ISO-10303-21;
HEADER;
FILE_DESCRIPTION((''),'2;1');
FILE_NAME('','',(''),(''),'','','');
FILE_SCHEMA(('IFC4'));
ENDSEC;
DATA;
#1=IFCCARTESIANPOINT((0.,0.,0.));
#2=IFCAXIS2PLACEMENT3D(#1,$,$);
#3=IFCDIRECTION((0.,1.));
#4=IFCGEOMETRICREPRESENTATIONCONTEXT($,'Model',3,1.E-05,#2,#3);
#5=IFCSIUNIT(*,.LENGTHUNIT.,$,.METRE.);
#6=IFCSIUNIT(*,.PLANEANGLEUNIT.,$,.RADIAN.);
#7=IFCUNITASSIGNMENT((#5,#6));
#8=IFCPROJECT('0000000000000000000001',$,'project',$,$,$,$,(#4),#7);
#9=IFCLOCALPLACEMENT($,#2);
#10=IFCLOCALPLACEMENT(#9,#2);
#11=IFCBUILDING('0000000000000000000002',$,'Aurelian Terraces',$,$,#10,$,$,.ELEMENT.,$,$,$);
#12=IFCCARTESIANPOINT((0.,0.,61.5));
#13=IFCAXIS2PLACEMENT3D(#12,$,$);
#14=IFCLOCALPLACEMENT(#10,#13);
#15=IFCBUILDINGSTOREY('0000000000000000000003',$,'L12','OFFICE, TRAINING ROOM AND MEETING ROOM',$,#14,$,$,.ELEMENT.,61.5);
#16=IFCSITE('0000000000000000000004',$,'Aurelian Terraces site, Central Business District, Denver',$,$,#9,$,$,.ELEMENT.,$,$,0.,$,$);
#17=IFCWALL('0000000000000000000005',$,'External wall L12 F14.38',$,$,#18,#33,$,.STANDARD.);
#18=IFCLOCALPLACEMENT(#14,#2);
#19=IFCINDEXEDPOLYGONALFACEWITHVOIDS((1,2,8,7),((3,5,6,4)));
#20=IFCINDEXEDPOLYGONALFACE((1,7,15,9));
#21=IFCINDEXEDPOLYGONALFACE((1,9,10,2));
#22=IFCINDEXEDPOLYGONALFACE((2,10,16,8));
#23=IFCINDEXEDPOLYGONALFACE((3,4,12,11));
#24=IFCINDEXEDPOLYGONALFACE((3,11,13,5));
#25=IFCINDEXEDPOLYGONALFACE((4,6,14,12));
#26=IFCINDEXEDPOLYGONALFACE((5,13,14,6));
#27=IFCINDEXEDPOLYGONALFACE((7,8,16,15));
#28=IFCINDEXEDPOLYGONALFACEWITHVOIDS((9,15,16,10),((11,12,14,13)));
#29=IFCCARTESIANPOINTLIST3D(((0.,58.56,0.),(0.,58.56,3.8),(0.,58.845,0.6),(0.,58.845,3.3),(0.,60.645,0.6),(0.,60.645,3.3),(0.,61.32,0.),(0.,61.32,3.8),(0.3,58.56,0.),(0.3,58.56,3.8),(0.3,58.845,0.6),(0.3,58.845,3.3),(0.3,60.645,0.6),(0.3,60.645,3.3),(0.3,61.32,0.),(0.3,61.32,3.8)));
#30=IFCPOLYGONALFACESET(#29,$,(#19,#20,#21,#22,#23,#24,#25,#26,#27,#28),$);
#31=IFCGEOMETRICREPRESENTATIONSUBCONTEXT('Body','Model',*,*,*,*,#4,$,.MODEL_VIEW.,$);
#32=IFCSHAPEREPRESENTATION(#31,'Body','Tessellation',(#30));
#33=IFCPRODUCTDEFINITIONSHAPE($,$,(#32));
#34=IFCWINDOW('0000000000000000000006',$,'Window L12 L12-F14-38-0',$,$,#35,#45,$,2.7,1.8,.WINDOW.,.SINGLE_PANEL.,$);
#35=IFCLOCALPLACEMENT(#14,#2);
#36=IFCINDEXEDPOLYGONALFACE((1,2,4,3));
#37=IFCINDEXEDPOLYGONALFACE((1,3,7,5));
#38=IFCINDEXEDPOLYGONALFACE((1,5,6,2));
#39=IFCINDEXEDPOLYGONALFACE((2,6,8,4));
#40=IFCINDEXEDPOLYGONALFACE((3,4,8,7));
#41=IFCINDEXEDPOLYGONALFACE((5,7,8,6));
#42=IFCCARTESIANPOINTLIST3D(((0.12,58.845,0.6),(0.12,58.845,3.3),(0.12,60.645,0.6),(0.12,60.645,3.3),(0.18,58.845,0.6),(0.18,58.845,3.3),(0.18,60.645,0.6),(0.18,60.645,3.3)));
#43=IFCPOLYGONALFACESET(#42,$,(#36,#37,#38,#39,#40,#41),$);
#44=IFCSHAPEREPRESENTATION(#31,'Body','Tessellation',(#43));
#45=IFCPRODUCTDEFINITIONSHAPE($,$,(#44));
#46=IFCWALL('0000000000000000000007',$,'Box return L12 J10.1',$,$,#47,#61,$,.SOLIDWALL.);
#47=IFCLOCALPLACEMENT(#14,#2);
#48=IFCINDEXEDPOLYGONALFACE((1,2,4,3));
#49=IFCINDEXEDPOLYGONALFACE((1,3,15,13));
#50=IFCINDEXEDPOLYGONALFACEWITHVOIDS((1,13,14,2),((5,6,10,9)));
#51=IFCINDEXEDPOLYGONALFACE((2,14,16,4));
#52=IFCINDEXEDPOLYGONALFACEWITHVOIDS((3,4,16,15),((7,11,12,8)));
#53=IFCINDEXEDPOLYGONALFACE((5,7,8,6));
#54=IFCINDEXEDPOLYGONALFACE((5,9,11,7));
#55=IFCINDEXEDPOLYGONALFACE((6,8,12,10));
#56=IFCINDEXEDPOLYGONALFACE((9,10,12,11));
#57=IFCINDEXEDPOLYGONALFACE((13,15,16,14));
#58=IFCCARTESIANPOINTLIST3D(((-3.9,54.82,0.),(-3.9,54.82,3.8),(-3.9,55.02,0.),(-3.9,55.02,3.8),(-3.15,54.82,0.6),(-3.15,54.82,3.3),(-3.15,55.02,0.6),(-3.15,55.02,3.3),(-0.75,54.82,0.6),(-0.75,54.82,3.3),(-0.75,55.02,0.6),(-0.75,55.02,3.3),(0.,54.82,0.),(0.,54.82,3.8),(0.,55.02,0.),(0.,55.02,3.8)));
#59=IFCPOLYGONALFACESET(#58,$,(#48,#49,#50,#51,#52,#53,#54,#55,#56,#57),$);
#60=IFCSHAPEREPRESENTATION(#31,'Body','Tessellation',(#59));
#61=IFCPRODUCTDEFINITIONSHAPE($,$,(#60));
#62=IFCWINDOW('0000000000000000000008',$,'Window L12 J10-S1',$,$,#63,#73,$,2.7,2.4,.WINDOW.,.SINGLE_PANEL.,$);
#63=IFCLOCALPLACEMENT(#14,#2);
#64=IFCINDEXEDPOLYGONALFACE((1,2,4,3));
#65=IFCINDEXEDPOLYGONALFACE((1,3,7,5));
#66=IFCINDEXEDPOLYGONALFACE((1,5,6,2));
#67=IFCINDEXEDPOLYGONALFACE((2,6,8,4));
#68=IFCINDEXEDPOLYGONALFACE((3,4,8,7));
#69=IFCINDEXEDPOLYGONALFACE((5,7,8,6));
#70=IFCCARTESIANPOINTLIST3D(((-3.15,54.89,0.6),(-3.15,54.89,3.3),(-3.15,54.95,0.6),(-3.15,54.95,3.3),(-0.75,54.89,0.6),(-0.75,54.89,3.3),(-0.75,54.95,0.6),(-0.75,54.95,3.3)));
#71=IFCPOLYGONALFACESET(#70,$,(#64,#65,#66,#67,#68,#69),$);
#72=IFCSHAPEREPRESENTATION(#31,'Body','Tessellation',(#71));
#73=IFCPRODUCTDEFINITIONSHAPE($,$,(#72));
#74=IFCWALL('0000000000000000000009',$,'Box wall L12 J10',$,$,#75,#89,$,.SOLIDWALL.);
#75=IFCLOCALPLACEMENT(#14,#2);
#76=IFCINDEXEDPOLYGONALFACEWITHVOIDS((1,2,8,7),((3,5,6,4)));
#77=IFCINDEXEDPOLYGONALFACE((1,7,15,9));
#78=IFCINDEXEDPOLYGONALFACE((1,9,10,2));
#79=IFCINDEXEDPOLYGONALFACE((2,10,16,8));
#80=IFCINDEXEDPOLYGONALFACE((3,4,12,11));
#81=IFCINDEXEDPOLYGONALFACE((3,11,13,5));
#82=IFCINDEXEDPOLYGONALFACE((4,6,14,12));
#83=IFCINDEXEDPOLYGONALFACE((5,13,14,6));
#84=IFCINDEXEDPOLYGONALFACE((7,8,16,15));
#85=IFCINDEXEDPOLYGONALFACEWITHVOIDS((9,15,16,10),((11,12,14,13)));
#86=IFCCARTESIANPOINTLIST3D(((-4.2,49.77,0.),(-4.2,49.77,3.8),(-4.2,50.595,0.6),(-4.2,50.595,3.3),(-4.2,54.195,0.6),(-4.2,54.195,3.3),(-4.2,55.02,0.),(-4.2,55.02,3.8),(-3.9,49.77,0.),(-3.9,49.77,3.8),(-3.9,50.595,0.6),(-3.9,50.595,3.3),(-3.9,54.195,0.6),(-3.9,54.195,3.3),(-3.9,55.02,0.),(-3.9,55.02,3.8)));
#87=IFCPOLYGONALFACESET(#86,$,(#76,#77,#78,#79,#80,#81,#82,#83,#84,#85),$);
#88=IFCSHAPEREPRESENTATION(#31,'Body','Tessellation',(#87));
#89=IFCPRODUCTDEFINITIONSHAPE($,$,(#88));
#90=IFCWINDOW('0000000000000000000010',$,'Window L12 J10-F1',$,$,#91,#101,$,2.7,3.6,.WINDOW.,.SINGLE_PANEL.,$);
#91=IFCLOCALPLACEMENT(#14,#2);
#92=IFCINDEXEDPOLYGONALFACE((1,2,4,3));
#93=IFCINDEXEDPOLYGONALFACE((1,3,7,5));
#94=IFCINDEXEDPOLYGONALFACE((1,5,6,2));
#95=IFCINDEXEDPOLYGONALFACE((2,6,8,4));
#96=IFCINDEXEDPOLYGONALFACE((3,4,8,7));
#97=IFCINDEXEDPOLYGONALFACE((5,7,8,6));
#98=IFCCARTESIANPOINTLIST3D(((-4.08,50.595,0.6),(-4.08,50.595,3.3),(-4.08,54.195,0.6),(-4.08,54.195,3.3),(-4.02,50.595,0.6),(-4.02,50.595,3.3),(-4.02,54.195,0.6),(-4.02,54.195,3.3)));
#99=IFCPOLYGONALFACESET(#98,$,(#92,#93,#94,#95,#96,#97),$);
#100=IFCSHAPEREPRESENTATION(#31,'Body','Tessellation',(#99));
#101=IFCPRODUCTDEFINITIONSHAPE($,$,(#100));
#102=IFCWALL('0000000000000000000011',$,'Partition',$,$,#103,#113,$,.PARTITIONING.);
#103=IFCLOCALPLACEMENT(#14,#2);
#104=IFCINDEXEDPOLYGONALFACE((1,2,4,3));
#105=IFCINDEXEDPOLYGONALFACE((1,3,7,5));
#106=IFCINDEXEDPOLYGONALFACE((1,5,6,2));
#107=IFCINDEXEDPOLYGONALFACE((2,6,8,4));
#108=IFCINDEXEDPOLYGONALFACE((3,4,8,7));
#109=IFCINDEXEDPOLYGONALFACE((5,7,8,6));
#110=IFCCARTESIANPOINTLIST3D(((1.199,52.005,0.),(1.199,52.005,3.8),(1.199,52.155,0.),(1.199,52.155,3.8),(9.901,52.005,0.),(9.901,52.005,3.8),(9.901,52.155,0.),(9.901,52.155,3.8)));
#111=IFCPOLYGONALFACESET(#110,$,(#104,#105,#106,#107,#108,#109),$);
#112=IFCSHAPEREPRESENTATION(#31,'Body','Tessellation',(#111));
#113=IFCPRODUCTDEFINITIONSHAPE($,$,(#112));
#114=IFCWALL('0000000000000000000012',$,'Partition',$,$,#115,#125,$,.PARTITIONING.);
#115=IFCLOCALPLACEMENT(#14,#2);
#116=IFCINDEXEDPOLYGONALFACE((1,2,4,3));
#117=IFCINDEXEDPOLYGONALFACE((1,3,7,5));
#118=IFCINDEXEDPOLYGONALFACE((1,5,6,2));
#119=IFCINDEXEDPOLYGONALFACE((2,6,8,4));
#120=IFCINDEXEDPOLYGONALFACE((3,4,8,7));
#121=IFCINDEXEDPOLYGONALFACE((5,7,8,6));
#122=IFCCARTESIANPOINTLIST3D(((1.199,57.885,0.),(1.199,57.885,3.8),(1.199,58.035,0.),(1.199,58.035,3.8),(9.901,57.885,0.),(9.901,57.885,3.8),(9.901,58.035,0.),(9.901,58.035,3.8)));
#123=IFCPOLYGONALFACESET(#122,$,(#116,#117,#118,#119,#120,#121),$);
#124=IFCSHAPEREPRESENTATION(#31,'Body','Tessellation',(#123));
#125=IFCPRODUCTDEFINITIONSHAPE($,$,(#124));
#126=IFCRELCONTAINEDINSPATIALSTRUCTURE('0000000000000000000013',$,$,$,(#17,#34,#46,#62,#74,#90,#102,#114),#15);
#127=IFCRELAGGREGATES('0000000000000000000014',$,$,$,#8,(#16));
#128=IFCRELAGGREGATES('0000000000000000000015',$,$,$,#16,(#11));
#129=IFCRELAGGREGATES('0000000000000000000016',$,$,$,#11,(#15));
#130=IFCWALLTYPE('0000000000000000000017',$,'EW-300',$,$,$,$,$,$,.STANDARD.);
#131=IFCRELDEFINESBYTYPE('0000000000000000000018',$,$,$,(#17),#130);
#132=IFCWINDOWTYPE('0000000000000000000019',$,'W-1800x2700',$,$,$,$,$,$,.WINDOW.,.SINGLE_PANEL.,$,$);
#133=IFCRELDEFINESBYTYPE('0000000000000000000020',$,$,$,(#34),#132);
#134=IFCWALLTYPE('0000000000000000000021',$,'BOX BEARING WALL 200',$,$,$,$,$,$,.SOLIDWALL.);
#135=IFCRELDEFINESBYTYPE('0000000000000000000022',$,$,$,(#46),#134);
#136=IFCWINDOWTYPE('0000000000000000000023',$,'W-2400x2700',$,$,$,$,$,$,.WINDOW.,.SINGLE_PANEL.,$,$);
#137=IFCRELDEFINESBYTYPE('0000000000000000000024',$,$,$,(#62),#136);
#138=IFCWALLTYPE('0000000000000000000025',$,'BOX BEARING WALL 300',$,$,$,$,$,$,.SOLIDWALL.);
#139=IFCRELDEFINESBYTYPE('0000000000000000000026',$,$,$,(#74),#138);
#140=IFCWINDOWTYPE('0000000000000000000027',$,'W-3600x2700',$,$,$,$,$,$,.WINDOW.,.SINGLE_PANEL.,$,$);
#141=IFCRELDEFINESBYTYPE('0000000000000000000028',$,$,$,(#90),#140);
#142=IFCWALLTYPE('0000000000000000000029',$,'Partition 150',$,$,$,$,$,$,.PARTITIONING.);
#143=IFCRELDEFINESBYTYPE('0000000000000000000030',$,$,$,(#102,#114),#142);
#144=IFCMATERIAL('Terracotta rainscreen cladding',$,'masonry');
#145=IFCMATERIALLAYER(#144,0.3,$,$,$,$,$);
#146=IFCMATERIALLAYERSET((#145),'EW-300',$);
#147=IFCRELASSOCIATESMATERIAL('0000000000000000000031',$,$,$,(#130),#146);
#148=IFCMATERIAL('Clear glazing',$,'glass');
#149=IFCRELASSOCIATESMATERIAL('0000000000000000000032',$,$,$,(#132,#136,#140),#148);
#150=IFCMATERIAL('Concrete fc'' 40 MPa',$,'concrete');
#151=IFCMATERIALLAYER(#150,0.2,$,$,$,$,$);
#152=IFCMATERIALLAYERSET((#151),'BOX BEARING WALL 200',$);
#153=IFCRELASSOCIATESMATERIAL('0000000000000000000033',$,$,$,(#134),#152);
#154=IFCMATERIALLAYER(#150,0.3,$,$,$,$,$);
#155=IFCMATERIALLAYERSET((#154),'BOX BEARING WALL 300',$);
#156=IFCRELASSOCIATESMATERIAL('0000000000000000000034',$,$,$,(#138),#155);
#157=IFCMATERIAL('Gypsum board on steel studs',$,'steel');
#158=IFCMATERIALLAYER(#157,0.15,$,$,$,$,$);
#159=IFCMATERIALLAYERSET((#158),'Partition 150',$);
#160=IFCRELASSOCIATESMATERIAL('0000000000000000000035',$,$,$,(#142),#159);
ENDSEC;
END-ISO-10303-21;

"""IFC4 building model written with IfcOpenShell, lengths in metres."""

from ifc_helpers import new_model, si_unit, direction, frame, frame_2d, origin, place, context, subcontext, project, spatial, rectangle, extrude, source, transform, mapped, material, layer, layer_set, type_object, element, fill, save


model = new_model("IFC4")

# Units and contexts
model_context = context("Model", 3, precision=1e-05, world=origin(), true_north=direction((0.0, 1.0)))
body_context = subcontext(model_context, "Body", "Model", "MODEL_VIEW")
ifc_project = project(units=[si_unit("LENGTHUNIT", "METRE"), si_unit("PLANEANGLEUNIT", "RADIAN")], contexts=[model_context])

# Site, building, storey
site_placement = place(None, origin())
site = spatial("IfcSite", under=ifc_project, at=site_placement, Name="Aurelian Terraces site, Central Business District, Denver", CompositionType="ELEMENT", RefElevation=0.0)
building_placement = place(site_placement, origin())
building = spatial("IfcBuilding", under=site, at=building_placement, Name="Aurelian Terraces", CompositionType="ELEMENT")
storey_placement = place(building_placement, frame((0.0, 0.0, 61.5)))
storey = spatial("IfcBuildingStorey", under=building, at=storey_placement, Name="L12", Description="OFFICE, TRAINING ROOM AND MEETING ROOM", CompositionType="ELEMENT", Elevation=61.5)

# Shared definitions
ifc_material_1 = material(Name="Terracotta rainscreen cladding", Category="masonry")
ifc_layer_1 = layer(ifc_material_1, 0.3)
ifc_layer_set_1 = layer_set([ifc_layer_1], Name="EW-300")
wall_type_1 = type_object("IfcWallType", Name="EW-300", PredefinedType="STANDARD", material=ifc_layer_set_1)
ifc_material_2 = material(Name="Clear glazing", Category="glass")

# Walls, openings, windows
shared_shape_1 = source(origin(), body_context, "Body", "SweptSolid", [
    extrude(rectangle(XDim=2.76, YDim=0.3, at=frame_2d((1.38, 0.0))), origin(), (0.0, 0.0, 1.0), 3.8),
])
wall_1_placement = place(storey_placement, frame((0.15, 61.32, 0.0), z_axis=(0.0, 0.0, 1.0), x_axis=(0.0, -1.0, 0.0)))
wall_1 = element("IfcWall", 1, at=wall_1_placement, inside=storey, type_object=wall_type_1, Name="External wall L12 F14.38", PredefinedType="STANDARD", context=body_context, shape_type="MappedRepresentation", body=[
    mapped(shared_shape_1, transform((0.0, 0.0, 0.0), scale=1.0)),
])
shared_shape_2 = source(origin(), body_context, "Body", "SweptSolid", [
    extrude(rectangle(XDim=1.8, YDim=2.7, at=frame_2d((0.9, 1.35))), frame((0.0, 0.16, 0.0), z_axis=(0.0, -1.0, 0.0), x_axis=(1.0, 0.0, 0.0)), (0.0, 0.0, 1.0), 0.32),
])
opening_1_placement = place(wall_1_placement, frame((0.675, 0.0, 0.6)))
opening_1 = element("IfcOpeningElement", 2, at=opening_1_placement, cuts=wall_1, PredefinedType="OPENING", context=body_context, shape_type="MappedRepresentation", body=[
    mapped(shared_shape_2, transform((0.0, 0.0, 0.0), scale=1.0)),
])
window_type_1 = type_object("IfcWindowType", Name="W-1800x2700", PartitioningType="SINGLE_PANEL", PredefinedType="WINDOW", material=ifc_material_2)
shared_shape_3 = source(origin(), body_context, "Body", "SweptSolid", [
    extrude(rectangle(XDim=1.8, YDim=2.7, at=frame_2d((0.9, 1.35))), frame((0.0, 0.03, 0.0), z_axis=(0.0, -1.0, 0.0), x_axis=(1.0, 0.0, 0.0)), (0.0, 0.0, 1.0), 0.06),
])
window_1_placement = place(opening_1_placement, origin())
window_1 = element("IfcWindow", 3, at=window_1_placement, inside=storey, type_object=window_type_1, Name="Window L12 L12-F14-38-0", OverallHeight=2.7, OverallWidth=1.8, PartitioningType="SINGLE_PANEL", PredefinedType="WINDOW", context=body_context, shape_type="MappedRepresentation", body=[
    mapped(shared_shape_3, transform((0.0, 0.0, 0.0), scale=1.0)),
])
fill(opening_1, window_1)
ifc_material_3 = material(Name="Concrete fc' 40 MPa", Category="concrete")
ifc_layer_2 = layer(ifc_material_3, 0.2)
ifc_layer_set_2 = layer_set([ifc_layer_2], Name="BOX BEARING WALL 200")
wall_type_2 = type_object("IfcWallType", Name="BOX BEARING WALL 200", PredefinedType="SOLIDWALL", material=ifc_layer_set_2)
shared_shape_4 = source(origin(), body_context, "Body", "SweptSolid", [
    extrude(rectangle(XDim=3.9, YDim=0.2, at=frame_2d((1.95, 0.0))), origin(), (0.0, 0.0, 1.0), 3.8),
])
wall_2_placement = place(storey_placement, frame((0.0, 54.92, 0.0), z_axis=(0.0, 0.0, 1.0), x_axis=(-1.0, 0.0, 0.0)))
wall_2 = element("IfcWall", 4, at=wall_2_placement, inside=storey, type_object=wall_type_2, Name="Box return L12 J10.1", PredefinedType="SOLIDWALL", context=body_context, shape_type="MappedRepresentation", body=[
    mapped(shared_shape_4, transform((0.0, 0.0, 0.0), scale=1.0)),
])
shared_shape_5 = source(origin(), body_context, "Body", "SweptSolid", [
    extrude(rectangle(XDim=2.4, YDim=2.7, at=frame_2d((1.2, 1.35))), frame((0.0, 0.11, 0.0), z_axis=(0.0, -1.0, 0.0), x_axis=(1.0, 0.0, 0.0)), (0.0, 0.0, 1.0), 0.22),
])
opening_2_placement = place(wall_2_placement, frame((0.75, 0.0, 0.6)))
opening_2 = element("IfcOpeningElement", 5, at=opening_2_placement, cuts=wall_2, PredefinedType="OPENING", context=body_context, shape_type="MappedRepresentation", body=[
    mapped(shared_shape_5, transform((0.0, 0.0, 0.0), scale=1.0)),
])
window_type_2 = type_object("IfcWindowType", Name="W-2400x2700", PartitioningType="SINGLE_PANEL", PredefinedType="WINDOW", material=ifc_material_2)
shared_shape_6 = source(origin(), body_context, "Body", "SweptSolid", [
    extrude(rectangle(XDim=2.4, YDim=2.7, at=frame_2d((1.2, 1.35))), frame((0.0, 0.03, 0.0), z_axis=(0.0, -1.0, 0.0), x_axis=(1.0, 0.0, 0.0)), (0.0, 0.0, 1.0), 0.06),
])
window_2_placement = place(opening_2_placement, origin())
window_2 = element("IfcWindow", 6, at=window_2_placement, inside=storey, type_object=window_type_2, Name="Window L12 J10-S1", OverallHeight=2.7, OverallWidth=2.4, PartitioningType="SINGLE_PANEL", PredefinedType="WINDOW", context=body_context, shape_type="MappedRepresentation", body=[
    mapped(shared_shape_6, transform((0.0, 0.0, 0.0), scale=1.0)),
])
fill(opening_2, window_2)
ifc_layer_3 = layer(ifc_material_3, 0.3)
ifc_layer_set_3 = layer_set([ifc_layer_3], Name="BOX BEARING WALL 300")
wall_type_3 = type_object("IfcWallType", Name="BOX BEARING WALL 300", PredefinedType="SOLIDWALL", material=ifc_layer_set_3)
shared_shape_7 = source(origin(), body_context, "Body", "SweptSolid", [
    extrude(rectangle(XDim=5.25, YDim=0.3, at=frame_2d((2.625, 0.0))), origin(), (0.0, 0.0, 1.0), 3.8),
])
wall_3_placement = place(storey_placement, frame((-4.05, 55.02, 0.0), z_axis=(0.0, 0.0, 1.0), x_axis=(0.0, -1.0, 0.0)))
wall_3 = element("IfcWall", 7, at=wall_3_placement, inside=storey, type_object=wall_type_3, Name="Box wall L12 J10", PredefinedType="SOLIDWALL", context=body_context, shape_type="MappedRepresentation", body=[
    mapped(shared_shape_7, transform((0.0, 0.0, 0.0), scale=1.0)),
])
shared_shape_8 = source(origin(), body_context, "Body", "SweptSolid", [
    extrude(rectangle(XDim=3.6, YDim=2.7, at=frame_2d((1.8, 1.35))), frame((0.0, 0.16, 0.0), z_axis=(0.0, -1.0, 0.0), x_axis=(1.0, 0.0, 0.0)), (0.0, 0.0, 1.0), 0.32),
])
opening_3_placement = place(wall_3_placement, frame((0.825, 0.0, 0.6)))
opening_3 = element("IfcOpeningElement", 8, at=opening_3_placement, cuts=wall_3, PredefinedType="OPENING", context=body_context, shape_type="MappedRepresentation", body=[
    mapped(shared_shape_8, transform((0.0, 0.0, 0.0), scale=1.0)),
])
window_type_3 = type_object("IfcWindowType", Name="W-3600x2700", PartitioningType="SINGLE_PANEL", PredefinedType="WINDOW", material=ifc_material_2)
shared_shape_9 = source(origin(), body_context, "Body", "SweptSolid", [
    extrude(rectangle(XDim=3.6, YDim=2.7, at=frame_2d((1.8, 1.35))), frame((0.0, 0.03, 0.0), z_axis=(0.0, -1.0, 0.0), x_axis=(1.0, 0.0, 0.0)), (0.0, 0.0, 1.0), 0.06),
])
window_3_placement = place(opening_3_placement, origin())
window_3 = element("IfcWindow", 9, at=window_3_placement, inside=storey, type_object=window_type_3, Name="Window L12 J10-F1", OverallHeight=2.7, OverallWidth=3.6, PartitioningType="SINGLE_PANEL", PredefinedType="WINDOW", context=body_context, shape_type="MappedRepresentation", body=[
    mapped(shared_shape_9, transform((0.0, 0.0, 0.0), scale=1.0)),
])
fill(opening_3, window_3)

# Walls
ifc_material_4 = material(Name="Gypsum board on steel studs", Category="steel")
ifc_layer_4 = layer(ifc_material_4, 0.15)
ifc_layer_set_4 = layer_set([ifc_layer_4], Name="Partition 150")
wall_type_4 = type_object("IfcWallType", Name="Partition 150", PredefinedType="PARTITIONING", material=ifc_layer_set_4)
shared_shape_10 = source(origin(), body_context, "Body", "SweptSolid", [
    extrude(rectangle(XDim=8.702, YDim=0.15, at=frame_2d((4.351, 0.0))), origin(), (0.0, 0.0, 1.0), 3.8),
])
for number, where, z_axis, x_axis, name in (
    (10, (9.901, 52.08, 0.0), (0.0, 0.0, 1.0), (-1.0, 0.0, 0.0), "Partition"),
    (11, (9.901, 57.96, 0.0), (0.0, 0.0, 1.0), (-1.0, 0.0, 0.0), "Partition"),
):
    element("IfcWall", number, at=place(storey_placement, frame(where, z_axis=z_axis, x_axis=x_axis)), inside=storey, type_object=wall_type_4, Name=name, PredefinedType="PARTITIONING", context=body_context, shape_type="MappedRepresentation", body=[
        mapped(shared_shape_10, transform((0.0, 0.0, 0.0), scale=1.0)),
    ])

save(model, "model.ifc")
